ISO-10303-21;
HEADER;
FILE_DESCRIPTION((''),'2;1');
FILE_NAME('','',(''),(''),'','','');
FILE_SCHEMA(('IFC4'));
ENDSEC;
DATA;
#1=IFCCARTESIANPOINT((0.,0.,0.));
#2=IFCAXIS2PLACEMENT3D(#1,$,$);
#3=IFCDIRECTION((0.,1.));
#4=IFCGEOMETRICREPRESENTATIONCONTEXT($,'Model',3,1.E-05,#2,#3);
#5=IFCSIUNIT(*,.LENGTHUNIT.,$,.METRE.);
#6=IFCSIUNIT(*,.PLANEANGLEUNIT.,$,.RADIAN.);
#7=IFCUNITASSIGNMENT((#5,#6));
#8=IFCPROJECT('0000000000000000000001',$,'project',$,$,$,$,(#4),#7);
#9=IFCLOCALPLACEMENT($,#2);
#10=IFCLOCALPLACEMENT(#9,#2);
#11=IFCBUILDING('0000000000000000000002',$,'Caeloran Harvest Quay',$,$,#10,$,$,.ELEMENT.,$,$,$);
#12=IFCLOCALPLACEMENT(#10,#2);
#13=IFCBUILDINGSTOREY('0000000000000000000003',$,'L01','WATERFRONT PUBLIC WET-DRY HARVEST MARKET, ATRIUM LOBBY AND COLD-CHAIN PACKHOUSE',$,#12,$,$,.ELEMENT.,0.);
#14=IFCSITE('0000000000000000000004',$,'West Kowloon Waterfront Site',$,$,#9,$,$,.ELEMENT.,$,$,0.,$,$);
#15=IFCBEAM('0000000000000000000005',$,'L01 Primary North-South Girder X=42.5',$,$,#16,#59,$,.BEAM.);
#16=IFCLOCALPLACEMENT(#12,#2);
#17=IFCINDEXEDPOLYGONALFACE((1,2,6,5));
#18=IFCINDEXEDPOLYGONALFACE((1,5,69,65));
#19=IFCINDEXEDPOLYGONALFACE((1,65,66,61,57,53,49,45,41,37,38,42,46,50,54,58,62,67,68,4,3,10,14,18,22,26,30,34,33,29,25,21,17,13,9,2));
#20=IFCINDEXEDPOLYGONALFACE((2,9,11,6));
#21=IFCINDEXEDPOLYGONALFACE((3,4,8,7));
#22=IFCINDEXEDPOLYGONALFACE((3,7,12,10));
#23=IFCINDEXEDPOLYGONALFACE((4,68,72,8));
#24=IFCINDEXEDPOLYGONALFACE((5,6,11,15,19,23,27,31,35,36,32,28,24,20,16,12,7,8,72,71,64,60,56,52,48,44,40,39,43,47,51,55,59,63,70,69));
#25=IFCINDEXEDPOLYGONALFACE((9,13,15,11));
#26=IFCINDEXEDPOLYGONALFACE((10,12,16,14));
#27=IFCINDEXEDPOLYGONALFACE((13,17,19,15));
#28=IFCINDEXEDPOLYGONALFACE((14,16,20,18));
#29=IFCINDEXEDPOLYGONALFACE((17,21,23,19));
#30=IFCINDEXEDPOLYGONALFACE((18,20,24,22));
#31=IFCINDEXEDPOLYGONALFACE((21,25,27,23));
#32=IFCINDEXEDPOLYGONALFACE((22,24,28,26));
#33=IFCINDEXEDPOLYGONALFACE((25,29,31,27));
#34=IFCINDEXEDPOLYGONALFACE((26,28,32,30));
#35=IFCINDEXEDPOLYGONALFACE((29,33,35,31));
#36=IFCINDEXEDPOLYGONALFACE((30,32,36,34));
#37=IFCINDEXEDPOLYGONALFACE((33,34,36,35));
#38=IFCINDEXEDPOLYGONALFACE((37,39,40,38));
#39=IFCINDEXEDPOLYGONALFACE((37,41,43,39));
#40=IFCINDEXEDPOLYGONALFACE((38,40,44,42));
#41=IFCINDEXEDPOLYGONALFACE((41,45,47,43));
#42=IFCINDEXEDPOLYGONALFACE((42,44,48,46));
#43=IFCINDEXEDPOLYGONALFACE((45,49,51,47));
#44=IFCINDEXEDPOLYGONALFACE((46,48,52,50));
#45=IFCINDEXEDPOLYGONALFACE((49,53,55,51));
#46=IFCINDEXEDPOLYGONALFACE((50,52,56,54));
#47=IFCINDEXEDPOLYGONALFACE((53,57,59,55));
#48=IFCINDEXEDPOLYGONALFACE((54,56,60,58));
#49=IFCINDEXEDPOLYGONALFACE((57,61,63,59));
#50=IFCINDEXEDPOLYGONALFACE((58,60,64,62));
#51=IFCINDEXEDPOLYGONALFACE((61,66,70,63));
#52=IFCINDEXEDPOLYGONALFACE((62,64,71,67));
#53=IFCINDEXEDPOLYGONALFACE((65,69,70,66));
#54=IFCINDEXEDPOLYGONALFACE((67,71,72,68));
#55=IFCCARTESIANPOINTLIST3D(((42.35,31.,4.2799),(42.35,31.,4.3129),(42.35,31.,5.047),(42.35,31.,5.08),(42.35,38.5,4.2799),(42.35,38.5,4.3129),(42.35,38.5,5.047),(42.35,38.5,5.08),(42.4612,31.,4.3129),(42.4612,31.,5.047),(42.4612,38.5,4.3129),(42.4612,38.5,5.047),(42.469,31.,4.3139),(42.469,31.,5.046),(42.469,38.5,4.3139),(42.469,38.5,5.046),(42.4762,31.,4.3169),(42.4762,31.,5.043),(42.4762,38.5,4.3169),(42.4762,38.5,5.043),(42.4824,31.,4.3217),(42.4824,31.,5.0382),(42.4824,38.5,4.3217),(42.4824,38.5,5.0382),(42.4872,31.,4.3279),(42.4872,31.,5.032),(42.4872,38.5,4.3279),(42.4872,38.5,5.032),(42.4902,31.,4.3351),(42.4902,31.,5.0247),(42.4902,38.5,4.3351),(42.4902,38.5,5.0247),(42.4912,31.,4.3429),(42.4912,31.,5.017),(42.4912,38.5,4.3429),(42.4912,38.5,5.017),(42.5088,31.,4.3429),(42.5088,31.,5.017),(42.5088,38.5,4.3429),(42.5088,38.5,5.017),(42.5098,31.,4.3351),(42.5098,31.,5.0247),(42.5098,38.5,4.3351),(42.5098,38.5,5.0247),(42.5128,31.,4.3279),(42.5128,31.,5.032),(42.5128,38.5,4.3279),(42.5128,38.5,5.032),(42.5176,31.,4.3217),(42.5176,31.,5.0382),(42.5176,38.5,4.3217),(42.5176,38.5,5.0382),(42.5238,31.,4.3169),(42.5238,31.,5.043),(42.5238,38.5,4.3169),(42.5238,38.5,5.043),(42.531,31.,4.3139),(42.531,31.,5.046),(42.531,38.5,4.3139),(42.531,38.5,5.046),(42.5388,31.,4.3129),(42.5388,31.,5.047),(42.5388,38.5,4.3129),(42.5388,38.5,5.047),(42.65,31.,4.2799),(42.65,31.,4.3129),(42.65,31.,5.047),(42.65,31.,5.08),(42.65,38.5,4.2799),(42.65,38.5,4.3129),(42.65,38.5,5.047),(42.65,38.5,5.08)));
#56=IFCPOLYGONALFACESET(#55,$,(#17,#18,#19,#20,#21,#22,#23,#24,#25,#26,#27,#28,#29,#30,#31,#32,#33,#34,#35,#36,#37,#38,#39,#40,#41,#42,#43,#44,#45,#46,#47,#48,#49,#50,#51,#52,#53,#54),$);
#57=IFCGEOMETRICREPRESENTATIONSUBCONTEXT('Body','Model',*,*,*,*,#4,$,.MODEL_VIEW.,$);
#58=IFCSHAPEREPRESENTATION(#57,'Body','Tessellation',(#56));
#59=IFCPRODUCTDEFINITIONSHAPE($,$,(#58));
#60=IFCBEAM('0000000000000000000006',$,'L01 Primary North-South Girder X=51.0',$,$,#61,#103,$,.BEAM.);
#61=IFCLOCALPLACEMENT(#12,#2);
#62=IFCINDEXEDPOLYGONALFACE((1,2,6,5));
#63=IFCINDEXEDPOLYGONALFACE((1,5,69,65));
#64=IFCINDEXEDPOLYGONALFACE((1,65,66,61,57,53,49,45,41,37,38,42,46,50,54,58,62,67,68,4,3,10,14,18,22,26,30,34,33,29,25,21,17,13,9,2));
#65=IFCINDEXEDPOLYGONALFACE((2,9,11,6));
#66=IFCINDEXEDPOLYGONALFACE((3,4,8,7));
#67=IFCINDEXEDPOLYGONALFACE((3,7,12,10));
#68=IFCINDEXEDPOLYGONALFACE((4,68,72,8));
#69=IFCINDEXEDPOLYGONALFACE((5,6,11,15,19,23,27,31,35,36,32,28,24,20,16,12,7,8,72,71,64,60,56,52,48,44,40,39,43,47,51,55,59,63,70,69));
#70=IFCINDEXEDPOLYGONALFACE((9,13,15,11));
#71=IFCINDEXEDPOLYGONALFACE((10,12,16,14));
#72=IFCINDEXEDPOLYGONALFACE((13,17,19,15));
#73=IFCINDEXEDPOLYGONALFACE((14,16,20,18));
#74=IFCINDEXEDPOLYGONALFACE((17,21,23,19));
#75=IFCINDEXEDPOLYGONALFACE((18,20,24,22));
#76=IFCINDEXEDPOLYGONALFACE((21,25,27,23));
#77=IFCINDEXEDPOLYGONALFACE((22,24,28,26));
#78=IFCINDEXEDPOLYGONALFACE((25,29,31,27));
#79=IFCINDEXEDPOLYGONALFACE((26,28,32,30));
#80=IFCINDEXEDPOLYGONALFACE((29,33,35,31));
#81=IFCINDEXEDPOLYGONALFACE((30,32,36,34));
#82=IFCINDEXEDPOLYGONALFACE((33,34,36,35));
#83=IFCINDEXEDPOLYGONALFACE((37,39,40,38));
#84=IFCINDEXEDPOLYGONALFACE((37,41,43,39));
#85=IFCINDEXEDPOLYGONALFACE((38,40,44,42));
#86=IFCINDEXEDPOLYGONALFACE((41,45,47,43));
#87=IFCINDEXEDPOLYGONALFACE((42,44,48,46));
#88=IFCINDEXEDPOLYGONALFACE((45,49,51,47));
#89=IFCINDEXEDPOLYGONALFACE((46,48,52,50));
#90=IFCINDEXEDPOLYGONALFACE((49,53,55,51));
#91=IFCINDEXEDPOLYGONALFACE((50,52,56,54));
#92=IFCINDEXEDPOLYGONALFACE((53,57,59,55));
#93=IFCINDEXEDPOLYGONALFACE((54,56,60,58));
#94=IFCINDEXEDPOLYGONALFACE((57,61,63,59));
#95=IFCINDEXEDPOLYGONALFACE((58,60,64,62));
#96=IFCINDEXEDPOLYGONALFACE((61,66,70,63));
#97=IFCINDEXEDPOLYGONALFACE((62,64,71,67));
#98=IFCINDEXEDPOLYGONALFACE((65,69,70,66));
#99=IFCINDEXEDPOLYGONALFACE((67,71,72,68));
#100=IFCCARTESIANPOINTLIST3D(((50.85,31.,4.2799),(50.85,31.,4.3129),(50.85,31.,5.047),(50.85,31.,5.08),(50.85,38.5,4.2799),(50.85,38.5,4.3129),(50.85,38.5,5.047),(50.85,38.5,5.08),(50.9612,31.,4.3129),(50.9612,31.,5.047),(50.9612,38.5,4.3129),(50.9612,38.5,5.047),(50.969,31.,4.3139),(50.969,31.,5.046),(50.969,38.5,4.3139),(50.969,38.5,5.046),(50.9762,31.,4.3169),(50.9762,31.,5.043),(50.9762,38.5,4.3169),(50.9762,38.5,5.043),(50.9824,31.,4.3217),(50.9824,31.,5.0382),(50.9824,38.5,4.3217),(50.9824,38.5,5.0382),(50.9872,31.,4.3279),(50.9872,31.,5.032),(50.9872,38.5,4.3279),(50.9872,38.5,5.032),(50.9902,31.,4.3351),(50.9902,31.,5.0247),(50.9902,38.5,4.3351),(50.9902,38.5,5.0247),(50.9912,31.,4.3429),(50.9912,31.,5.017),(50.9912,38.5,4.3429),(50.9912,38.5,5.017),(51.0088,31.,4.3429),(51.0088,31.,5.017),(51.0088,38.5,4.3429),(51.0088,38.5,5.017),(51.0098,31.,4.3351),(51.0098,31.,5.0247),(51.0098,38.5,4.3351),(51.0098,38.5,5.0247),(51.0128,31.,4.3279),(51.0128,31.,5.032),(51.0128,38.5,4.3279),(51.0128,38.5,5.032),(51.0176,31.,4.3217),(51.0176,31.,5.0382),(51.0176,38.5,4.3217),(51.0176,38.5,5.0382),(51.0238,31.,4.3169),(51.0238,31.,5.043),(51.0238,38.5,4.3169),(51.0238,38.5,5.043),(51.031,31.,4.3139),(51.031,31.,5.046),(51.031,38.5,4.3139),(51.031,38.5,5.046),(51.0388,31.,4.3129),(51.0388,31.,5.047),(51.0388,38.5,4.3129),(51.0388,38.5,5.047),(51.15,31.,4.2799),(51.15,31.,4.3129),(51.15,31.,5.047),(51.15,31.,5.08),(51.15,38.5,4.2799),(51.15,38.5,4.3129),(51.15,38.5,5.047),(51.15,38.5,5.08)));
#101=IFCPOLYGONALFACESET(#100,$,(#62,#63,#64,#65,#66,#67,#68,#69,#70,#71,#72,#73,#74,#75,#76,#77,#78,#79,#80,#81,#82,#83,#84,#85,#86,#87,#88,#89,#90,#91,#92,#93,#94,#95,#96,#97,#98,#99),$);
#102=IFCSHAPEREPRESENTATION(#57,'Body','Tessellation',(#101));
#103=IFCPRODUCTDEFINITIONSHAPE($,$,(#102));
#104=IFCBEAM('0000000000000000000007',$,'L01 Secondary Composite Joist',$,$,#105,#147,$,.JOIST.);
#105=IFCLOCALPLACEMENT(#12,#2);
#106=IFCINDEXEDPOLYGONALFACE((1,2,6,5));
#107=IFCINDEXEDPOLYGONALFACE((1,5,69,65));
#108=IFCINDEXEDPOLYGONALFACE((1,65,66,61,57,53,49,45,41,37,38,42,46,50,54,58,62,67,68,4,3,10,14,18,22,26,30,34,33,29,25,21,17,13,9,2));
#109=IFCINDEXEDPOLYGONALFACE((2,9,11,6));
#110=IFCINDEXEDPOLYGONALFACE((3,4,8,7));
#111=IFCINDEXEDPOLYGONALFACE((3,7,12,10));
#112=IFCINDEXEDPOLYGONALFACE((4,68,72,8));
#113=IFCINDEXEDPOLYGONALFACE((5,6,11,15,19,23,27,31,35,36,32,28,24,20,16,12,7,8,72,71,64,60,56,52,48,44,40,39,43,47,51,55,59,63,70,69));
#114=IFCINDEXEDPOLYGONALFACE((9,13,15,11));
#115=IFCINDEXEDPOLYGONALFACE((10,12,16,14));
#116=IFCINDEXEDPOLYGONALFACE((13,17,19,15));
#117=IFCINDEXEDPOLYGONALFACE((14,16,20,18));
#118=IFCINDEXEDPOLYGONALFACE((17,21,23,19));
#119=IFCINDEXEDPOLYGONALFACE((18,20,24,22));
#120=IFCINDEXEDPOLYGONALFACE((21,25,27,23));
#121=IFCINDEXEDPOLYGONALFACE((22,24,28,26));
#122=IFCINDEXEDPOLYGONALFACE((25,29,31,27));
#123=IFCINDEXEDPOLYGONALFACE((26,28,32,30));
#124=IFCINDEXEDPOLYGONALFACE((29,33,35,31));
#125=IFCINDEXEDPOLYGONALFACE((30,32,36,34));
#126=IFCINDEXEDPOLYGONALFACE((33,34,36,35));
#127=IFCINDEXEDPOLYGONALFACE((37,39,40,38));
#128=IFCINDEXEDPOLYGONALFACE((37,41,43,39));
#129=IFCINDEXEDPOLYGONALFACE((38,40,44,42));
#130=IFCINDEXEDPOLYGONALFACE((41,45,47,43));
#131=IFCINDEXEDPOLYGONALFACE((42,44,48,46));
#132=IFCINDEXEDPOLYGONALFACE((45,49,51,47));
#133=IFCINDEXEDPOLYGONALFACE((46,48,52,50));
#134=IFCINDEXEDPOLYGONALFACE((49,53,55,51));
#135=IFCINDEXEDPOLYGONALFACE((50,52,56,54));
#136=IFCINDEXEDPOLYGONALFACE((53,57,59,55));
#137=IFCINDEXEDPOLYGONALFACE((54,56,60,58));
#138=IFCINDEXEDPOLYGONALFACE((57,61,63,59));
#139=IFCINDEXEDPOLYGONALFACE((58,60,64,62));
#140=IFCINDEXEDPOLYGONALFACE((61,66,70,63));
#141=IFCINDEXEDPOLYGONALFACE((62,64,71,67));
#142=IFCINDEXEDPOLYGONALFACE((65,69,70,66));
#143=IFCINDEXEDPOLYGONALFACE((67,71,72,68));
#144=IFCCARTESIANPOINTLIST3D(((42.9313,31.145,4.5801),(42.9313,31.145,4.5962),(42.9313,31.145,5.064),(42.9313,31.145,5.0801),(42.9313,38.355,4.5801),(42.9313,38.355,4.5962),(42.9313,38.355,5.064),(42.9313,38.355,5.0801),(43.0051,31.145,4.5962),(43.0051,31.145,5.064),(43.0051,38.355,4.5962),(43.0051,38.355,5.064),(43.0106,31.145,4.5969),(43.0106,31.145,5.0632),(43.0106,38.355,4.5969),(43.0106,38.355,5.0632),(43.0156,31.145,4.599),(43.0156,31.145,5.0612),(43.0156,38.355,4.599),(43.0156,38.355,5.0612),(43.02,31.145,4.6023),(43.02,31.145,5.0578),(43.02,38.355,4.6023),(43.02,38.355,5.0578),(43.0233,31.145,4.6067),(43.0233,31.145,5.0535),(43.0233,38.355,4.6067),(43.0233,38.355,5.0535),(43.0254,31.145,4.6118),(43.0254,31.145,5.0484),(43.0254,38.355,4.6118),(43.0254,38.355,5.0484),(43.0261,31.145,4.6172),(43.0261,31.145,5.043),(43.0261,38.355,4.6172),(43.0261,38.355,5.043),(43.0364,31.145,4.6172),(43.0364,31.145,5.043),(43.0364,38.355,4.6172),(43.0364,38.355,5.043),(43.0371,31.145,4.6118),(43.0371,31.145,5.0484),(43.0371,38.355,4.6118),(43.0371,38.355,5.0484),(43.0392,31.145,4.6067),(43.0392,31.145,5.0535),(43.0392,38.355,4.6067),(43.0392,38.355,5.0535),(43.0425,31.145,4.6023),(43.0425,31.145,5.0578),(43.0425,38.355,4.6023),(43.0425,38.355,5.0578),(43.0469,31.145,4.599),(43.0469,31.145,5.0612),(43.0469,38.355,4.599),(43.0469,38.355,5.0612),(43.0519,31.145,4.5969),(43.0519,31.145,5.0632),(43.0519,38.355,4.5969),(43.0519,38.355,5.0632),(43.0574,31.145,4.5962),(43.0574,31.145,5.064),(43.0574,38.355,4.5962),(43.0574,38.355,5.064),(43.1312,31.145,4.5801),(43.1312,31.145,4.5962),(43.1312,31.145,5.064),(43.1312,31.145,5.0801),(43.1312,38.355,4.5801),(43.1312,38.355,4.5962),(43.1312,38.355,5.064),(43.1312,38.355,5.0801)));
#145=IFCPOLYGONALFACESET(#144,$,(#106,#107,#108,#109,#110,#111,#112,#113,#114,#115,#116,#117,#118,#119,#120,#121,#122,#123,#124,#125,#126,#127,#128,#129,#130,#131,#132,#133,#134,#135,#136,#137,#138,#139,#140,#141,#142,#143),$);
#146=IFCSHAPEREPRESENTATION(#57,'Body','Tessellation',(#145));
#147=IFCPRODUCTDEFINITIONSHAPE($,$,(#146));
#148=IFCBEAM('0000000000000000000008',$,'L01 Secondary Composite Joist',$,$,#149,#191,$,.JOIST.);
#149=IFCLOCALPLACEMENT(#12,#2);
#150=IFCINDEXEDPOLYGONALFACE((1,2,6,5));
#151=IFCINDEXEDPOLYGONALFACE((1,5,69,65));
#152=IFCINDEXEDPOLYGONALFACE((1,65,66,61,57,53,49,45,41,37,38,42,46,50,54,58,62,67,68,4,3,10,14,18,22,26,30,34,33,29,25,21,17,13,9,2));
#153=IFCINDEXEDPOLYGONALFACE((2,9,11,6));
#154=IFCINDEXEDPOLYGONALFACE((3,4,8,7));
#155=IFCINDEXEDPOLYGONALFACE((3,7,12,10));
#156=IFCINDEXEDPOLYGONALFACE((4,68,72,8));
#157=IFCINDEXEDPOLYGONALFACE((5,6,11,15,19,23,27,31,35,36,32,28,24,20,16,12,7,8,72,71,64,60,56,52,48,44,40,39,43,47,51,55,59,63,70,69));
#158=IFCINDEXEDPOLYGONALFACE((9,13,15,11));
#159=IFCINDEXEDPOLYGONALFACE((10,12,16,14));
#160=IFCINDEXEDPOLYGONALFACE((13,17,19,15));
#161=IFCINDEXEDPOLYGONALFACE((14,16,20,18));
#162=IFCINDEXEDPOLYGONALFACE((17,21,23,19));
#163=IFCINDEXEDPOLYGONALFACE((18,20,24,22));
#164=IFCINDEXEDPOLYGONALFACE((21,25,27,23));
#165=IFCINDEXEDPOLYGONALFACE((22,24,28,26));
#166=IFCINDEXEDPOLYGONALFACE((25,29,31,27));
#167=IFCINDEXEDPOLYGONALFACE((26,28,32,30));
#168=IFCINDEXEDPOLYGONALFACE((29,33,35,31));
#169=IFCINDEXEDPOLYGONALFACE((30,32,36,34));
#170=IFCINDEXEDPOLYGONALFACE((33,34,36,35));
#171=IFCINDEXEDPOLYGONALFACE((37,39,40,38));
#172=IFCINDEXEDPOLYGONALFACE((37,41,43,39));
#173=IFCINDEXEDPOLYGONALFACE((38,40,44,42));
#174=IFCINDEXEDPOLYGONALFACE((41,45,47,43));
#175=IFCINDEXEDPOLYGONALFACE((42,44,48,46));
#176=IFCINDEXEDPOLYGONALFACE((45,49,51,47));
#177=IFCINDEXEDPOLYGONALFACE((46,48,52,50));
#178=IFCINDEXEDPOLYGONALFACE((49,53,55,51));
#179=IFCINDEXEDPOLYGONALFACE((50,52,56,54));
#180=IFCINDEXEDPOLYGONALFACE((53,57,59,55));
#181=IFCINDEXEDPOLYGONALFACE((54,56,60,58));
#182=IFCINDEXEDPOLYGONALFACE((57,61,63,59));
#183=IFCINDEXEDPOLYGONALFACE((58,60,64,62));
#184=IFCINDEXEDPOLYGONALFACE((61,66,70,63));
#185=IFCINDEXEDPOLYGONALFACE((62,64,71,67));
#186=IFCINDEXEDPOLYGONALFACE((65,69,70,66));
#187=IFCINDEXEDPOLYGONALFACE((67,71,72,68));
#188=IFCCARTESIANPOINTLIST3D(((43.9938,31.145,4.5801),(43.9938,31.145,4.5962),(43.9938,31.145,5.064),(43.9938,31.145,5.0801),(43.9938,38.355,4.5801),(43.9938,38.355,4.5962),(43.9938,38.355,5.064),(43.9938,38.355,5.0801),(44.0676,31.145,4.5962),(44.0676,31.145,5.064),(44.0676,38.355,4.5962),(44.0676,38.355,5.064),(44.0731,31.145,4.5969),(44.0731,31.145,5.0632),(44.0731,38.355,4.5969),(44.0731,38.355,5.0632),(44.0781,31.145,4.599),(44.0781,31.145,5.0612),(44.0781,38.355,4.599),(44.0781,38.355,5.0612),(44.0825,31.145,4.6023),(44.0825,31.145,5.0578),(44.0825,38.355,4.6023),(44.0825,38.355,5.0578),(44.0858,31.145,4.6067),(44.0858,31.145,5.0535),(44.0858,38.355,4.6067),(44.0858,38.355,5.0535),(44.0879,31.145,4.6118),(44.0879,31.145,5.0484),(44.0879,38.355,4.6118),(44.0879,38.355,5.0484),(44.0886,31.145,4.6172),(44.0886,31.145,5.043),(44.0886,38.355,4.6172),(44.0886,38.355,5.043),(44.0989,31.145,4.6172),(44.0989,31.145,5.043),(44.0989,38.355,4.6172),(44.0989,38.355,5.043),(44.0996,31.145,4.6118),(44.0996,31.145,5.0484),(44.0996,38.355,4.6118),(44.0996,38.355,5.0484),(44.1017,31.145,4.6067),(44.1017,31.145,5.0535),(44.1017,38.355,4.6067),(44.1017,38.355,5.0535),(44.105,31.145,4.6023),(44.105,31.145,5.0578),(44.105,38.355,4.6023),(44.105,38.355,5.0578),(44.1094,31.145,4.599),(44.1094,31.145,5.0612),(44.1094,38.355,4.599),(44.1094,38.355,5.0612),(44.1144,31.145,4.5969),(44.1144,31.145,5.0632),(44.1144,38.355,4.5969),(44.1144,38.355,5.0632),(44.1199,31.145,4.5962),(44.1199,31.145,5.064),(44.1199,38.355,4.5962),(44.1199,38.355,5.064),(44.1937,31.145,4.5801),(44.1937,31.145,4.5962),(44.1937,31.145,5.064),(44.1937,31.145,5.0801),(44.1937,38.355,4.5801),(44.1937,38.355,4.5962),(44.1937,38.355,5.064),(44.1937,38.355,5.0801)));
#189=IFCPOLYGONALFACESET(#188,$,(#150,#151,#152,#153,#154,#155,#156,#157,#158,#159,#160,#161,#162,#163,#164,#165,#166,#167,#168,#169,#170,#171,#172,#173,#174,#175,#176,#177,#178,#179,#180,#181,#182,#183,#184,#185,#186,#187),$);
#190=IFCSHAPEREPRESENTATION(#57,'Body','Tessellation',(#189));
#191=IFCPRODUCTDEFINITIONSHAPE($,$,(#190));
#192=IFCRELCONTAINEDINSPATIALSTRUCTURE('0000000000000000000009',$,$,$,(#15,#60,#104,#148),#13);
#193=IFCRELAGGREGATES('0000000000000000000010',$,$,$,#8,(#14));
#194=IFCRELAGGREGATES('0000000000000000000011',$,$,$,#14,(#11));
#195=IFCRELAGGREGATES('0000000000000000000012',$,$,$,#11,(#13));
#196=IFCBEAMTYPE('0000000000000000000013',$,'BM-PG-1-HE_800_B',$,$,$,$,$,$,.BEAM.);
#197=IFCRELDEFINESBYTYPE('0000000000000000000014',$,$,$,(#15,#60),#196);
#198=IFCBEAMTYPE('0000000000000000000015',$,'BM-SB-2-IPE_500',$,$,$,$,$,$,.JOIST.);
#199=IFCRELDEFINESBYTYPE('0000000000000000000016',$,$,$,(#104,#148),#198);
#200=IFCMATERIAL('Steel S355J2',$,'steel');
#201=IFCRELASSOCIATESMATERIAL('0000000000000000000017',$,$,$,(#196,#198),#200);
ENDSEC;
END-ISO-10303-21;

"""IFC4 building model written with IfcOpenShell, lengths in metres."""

from ifc_helpers import new_model, si_unit, direction, frame, origin, origin_2d, place, context, subcontext, project, spatial, i_section, extrude, material, material_profile, profile_set, type_object, element, save


model = new_model("IFC4")

# Units and contexts
model_context = context("Model", 3, precision=1e-05, world=origin(), true_north=direction((0.0, 1.0)))
body_context = subcontext(model_context, "Body", "Model", "MODEL_VIEW")
ifc_project = project(units=[si_unit("LENGTHUNIT", "METRE"), si_unit("PLANEANGLEUNIT", "RADIAN")], contexts=[model_context])

# Site, building, storey
site_placement = place(None, origin())
site = spatial("IfcSite", under=ifc_project, at=site_placement, Name="West Kowloon Waterfront Site", CompositionType="ELEMENT", RefElevation=0.0)
building_placement = place(site_placement, origin())
building = spatial("IfcBuilding", under=site, at=building_placement, Name="Caeloran Harvest Quay", CompositionType="ELEMENT")
storey_placement = place(building_placement, origin())
storey = spatial("IfcBuildingStorey", under=building, at=storey_placement, Name="L01", Description="WATERFRONT PUBLIC WET-DRY HARVEST MARKET, ATRIUM LOBBY AND COLD-CHAIN PACKHOUSE", CompositionType="ELEMENT", Elevation=0.0)

# Beams
ifc_material_1 = material(Name="Steel S355J2", Category="steel")
ifc_material_profile_1 = material_profile(ifc_material_1, i_section(OverallWidth=0.3, OverallDepth=0.8, WebThickness=0.0176, FlangeThickness=0.033, FilletRadius=0.03, at=origin_2d()), Name="HE 800 B")
ifc_profile_set_1 = profile_set([ifc_material_profile_1], Name="Steel S355J2")
beam_type_1 = type_object("IfcBeamType", Name="BM-PG-1-HE_800_B", PredefinedType="BEAM", material=ifc_profile_set_1)
for number, where, z_axis, x_axis, name in (
    (1, (42.5, 31.0, 4.6799), (0.0, 1.0, 0.0), (-1.0, 0.0, 0.0), "L01 Primary North-South Girder X=42.5"),
    (2, (51.0, 31.0, 4.6799), (0.0, 1.0, 0.0), (-1.0, 0.0, 0.0), "L01 Primary North-South Girder X=51.0"),
):
    element("IfcBeam", number, at=place(storey_placement, frame(where, z_axis=z_axis, x_axis=x_axis)), inside=storey, type_object=beam_type_1, Name=name, PredefinedType="BEAM", context=body_context, shape_type="SweptSolid", body=[
        extrude(i_section(OverallWidth=0.3, OverallDepth=0.8, WebThickness=0.0176, FlangeThickness=0.033, FilletRadius=0.03, at=origin_2d()), origin(), (0.0, 0.0, 1.0), 7.5),
    ])
ifc_material_profile_2 = material_profile(ifc_material_1, i_section(OverallWidth=0.2, OverallDepth=0.5, WebThickness=0.0103, FlangeThickness=0.0161, FilletRadius=0.021, at=origin_2d()), Name="IPE 500")
ifc_profile_set_2 = profile_set([ifc_material_profile_2], Name="Steel S355J2")
beam_type_2 = type_object("IfcBeamType", Name="BM-SB-2-IPE_500", PredefinedType="JOIST", material=ifc_profile_set_2)
for number, where, z_axis, x_axis, name in (
    (3, (43.0312, 31.145, 4.8301), (0.0, 1.0, 0.0), (-1.0, 0.0, 0.0), "L01 Secondary Composite Joist"),
    (4, (44.0938, 31.145, 4.8301), (0.0, 1.0, 0.0), (-1.0, 0.0, 0.0), "L01 Secondary Composite Joist"),
):
    element("IfcBeam", number, at=place(storey_placement, frame(where, z_axis=z_axis, x_axis=x_axis)), inside=storey, type_object=beam_type_2, Name=name, PredefinedType="JOIST", context=body_context, shape_type="SweptSolid", body=[
        extrude(i_section(OverallWidth=0.2, OverallDepth=0.5, WebThickness=0.0103, FlangeThickness=0.0161, FilletRadius=0.021, at=origin_2d()), origin(), (0.0, 0.0, 1.0), 7.21),
    ])

save(model, "model.ifc")
